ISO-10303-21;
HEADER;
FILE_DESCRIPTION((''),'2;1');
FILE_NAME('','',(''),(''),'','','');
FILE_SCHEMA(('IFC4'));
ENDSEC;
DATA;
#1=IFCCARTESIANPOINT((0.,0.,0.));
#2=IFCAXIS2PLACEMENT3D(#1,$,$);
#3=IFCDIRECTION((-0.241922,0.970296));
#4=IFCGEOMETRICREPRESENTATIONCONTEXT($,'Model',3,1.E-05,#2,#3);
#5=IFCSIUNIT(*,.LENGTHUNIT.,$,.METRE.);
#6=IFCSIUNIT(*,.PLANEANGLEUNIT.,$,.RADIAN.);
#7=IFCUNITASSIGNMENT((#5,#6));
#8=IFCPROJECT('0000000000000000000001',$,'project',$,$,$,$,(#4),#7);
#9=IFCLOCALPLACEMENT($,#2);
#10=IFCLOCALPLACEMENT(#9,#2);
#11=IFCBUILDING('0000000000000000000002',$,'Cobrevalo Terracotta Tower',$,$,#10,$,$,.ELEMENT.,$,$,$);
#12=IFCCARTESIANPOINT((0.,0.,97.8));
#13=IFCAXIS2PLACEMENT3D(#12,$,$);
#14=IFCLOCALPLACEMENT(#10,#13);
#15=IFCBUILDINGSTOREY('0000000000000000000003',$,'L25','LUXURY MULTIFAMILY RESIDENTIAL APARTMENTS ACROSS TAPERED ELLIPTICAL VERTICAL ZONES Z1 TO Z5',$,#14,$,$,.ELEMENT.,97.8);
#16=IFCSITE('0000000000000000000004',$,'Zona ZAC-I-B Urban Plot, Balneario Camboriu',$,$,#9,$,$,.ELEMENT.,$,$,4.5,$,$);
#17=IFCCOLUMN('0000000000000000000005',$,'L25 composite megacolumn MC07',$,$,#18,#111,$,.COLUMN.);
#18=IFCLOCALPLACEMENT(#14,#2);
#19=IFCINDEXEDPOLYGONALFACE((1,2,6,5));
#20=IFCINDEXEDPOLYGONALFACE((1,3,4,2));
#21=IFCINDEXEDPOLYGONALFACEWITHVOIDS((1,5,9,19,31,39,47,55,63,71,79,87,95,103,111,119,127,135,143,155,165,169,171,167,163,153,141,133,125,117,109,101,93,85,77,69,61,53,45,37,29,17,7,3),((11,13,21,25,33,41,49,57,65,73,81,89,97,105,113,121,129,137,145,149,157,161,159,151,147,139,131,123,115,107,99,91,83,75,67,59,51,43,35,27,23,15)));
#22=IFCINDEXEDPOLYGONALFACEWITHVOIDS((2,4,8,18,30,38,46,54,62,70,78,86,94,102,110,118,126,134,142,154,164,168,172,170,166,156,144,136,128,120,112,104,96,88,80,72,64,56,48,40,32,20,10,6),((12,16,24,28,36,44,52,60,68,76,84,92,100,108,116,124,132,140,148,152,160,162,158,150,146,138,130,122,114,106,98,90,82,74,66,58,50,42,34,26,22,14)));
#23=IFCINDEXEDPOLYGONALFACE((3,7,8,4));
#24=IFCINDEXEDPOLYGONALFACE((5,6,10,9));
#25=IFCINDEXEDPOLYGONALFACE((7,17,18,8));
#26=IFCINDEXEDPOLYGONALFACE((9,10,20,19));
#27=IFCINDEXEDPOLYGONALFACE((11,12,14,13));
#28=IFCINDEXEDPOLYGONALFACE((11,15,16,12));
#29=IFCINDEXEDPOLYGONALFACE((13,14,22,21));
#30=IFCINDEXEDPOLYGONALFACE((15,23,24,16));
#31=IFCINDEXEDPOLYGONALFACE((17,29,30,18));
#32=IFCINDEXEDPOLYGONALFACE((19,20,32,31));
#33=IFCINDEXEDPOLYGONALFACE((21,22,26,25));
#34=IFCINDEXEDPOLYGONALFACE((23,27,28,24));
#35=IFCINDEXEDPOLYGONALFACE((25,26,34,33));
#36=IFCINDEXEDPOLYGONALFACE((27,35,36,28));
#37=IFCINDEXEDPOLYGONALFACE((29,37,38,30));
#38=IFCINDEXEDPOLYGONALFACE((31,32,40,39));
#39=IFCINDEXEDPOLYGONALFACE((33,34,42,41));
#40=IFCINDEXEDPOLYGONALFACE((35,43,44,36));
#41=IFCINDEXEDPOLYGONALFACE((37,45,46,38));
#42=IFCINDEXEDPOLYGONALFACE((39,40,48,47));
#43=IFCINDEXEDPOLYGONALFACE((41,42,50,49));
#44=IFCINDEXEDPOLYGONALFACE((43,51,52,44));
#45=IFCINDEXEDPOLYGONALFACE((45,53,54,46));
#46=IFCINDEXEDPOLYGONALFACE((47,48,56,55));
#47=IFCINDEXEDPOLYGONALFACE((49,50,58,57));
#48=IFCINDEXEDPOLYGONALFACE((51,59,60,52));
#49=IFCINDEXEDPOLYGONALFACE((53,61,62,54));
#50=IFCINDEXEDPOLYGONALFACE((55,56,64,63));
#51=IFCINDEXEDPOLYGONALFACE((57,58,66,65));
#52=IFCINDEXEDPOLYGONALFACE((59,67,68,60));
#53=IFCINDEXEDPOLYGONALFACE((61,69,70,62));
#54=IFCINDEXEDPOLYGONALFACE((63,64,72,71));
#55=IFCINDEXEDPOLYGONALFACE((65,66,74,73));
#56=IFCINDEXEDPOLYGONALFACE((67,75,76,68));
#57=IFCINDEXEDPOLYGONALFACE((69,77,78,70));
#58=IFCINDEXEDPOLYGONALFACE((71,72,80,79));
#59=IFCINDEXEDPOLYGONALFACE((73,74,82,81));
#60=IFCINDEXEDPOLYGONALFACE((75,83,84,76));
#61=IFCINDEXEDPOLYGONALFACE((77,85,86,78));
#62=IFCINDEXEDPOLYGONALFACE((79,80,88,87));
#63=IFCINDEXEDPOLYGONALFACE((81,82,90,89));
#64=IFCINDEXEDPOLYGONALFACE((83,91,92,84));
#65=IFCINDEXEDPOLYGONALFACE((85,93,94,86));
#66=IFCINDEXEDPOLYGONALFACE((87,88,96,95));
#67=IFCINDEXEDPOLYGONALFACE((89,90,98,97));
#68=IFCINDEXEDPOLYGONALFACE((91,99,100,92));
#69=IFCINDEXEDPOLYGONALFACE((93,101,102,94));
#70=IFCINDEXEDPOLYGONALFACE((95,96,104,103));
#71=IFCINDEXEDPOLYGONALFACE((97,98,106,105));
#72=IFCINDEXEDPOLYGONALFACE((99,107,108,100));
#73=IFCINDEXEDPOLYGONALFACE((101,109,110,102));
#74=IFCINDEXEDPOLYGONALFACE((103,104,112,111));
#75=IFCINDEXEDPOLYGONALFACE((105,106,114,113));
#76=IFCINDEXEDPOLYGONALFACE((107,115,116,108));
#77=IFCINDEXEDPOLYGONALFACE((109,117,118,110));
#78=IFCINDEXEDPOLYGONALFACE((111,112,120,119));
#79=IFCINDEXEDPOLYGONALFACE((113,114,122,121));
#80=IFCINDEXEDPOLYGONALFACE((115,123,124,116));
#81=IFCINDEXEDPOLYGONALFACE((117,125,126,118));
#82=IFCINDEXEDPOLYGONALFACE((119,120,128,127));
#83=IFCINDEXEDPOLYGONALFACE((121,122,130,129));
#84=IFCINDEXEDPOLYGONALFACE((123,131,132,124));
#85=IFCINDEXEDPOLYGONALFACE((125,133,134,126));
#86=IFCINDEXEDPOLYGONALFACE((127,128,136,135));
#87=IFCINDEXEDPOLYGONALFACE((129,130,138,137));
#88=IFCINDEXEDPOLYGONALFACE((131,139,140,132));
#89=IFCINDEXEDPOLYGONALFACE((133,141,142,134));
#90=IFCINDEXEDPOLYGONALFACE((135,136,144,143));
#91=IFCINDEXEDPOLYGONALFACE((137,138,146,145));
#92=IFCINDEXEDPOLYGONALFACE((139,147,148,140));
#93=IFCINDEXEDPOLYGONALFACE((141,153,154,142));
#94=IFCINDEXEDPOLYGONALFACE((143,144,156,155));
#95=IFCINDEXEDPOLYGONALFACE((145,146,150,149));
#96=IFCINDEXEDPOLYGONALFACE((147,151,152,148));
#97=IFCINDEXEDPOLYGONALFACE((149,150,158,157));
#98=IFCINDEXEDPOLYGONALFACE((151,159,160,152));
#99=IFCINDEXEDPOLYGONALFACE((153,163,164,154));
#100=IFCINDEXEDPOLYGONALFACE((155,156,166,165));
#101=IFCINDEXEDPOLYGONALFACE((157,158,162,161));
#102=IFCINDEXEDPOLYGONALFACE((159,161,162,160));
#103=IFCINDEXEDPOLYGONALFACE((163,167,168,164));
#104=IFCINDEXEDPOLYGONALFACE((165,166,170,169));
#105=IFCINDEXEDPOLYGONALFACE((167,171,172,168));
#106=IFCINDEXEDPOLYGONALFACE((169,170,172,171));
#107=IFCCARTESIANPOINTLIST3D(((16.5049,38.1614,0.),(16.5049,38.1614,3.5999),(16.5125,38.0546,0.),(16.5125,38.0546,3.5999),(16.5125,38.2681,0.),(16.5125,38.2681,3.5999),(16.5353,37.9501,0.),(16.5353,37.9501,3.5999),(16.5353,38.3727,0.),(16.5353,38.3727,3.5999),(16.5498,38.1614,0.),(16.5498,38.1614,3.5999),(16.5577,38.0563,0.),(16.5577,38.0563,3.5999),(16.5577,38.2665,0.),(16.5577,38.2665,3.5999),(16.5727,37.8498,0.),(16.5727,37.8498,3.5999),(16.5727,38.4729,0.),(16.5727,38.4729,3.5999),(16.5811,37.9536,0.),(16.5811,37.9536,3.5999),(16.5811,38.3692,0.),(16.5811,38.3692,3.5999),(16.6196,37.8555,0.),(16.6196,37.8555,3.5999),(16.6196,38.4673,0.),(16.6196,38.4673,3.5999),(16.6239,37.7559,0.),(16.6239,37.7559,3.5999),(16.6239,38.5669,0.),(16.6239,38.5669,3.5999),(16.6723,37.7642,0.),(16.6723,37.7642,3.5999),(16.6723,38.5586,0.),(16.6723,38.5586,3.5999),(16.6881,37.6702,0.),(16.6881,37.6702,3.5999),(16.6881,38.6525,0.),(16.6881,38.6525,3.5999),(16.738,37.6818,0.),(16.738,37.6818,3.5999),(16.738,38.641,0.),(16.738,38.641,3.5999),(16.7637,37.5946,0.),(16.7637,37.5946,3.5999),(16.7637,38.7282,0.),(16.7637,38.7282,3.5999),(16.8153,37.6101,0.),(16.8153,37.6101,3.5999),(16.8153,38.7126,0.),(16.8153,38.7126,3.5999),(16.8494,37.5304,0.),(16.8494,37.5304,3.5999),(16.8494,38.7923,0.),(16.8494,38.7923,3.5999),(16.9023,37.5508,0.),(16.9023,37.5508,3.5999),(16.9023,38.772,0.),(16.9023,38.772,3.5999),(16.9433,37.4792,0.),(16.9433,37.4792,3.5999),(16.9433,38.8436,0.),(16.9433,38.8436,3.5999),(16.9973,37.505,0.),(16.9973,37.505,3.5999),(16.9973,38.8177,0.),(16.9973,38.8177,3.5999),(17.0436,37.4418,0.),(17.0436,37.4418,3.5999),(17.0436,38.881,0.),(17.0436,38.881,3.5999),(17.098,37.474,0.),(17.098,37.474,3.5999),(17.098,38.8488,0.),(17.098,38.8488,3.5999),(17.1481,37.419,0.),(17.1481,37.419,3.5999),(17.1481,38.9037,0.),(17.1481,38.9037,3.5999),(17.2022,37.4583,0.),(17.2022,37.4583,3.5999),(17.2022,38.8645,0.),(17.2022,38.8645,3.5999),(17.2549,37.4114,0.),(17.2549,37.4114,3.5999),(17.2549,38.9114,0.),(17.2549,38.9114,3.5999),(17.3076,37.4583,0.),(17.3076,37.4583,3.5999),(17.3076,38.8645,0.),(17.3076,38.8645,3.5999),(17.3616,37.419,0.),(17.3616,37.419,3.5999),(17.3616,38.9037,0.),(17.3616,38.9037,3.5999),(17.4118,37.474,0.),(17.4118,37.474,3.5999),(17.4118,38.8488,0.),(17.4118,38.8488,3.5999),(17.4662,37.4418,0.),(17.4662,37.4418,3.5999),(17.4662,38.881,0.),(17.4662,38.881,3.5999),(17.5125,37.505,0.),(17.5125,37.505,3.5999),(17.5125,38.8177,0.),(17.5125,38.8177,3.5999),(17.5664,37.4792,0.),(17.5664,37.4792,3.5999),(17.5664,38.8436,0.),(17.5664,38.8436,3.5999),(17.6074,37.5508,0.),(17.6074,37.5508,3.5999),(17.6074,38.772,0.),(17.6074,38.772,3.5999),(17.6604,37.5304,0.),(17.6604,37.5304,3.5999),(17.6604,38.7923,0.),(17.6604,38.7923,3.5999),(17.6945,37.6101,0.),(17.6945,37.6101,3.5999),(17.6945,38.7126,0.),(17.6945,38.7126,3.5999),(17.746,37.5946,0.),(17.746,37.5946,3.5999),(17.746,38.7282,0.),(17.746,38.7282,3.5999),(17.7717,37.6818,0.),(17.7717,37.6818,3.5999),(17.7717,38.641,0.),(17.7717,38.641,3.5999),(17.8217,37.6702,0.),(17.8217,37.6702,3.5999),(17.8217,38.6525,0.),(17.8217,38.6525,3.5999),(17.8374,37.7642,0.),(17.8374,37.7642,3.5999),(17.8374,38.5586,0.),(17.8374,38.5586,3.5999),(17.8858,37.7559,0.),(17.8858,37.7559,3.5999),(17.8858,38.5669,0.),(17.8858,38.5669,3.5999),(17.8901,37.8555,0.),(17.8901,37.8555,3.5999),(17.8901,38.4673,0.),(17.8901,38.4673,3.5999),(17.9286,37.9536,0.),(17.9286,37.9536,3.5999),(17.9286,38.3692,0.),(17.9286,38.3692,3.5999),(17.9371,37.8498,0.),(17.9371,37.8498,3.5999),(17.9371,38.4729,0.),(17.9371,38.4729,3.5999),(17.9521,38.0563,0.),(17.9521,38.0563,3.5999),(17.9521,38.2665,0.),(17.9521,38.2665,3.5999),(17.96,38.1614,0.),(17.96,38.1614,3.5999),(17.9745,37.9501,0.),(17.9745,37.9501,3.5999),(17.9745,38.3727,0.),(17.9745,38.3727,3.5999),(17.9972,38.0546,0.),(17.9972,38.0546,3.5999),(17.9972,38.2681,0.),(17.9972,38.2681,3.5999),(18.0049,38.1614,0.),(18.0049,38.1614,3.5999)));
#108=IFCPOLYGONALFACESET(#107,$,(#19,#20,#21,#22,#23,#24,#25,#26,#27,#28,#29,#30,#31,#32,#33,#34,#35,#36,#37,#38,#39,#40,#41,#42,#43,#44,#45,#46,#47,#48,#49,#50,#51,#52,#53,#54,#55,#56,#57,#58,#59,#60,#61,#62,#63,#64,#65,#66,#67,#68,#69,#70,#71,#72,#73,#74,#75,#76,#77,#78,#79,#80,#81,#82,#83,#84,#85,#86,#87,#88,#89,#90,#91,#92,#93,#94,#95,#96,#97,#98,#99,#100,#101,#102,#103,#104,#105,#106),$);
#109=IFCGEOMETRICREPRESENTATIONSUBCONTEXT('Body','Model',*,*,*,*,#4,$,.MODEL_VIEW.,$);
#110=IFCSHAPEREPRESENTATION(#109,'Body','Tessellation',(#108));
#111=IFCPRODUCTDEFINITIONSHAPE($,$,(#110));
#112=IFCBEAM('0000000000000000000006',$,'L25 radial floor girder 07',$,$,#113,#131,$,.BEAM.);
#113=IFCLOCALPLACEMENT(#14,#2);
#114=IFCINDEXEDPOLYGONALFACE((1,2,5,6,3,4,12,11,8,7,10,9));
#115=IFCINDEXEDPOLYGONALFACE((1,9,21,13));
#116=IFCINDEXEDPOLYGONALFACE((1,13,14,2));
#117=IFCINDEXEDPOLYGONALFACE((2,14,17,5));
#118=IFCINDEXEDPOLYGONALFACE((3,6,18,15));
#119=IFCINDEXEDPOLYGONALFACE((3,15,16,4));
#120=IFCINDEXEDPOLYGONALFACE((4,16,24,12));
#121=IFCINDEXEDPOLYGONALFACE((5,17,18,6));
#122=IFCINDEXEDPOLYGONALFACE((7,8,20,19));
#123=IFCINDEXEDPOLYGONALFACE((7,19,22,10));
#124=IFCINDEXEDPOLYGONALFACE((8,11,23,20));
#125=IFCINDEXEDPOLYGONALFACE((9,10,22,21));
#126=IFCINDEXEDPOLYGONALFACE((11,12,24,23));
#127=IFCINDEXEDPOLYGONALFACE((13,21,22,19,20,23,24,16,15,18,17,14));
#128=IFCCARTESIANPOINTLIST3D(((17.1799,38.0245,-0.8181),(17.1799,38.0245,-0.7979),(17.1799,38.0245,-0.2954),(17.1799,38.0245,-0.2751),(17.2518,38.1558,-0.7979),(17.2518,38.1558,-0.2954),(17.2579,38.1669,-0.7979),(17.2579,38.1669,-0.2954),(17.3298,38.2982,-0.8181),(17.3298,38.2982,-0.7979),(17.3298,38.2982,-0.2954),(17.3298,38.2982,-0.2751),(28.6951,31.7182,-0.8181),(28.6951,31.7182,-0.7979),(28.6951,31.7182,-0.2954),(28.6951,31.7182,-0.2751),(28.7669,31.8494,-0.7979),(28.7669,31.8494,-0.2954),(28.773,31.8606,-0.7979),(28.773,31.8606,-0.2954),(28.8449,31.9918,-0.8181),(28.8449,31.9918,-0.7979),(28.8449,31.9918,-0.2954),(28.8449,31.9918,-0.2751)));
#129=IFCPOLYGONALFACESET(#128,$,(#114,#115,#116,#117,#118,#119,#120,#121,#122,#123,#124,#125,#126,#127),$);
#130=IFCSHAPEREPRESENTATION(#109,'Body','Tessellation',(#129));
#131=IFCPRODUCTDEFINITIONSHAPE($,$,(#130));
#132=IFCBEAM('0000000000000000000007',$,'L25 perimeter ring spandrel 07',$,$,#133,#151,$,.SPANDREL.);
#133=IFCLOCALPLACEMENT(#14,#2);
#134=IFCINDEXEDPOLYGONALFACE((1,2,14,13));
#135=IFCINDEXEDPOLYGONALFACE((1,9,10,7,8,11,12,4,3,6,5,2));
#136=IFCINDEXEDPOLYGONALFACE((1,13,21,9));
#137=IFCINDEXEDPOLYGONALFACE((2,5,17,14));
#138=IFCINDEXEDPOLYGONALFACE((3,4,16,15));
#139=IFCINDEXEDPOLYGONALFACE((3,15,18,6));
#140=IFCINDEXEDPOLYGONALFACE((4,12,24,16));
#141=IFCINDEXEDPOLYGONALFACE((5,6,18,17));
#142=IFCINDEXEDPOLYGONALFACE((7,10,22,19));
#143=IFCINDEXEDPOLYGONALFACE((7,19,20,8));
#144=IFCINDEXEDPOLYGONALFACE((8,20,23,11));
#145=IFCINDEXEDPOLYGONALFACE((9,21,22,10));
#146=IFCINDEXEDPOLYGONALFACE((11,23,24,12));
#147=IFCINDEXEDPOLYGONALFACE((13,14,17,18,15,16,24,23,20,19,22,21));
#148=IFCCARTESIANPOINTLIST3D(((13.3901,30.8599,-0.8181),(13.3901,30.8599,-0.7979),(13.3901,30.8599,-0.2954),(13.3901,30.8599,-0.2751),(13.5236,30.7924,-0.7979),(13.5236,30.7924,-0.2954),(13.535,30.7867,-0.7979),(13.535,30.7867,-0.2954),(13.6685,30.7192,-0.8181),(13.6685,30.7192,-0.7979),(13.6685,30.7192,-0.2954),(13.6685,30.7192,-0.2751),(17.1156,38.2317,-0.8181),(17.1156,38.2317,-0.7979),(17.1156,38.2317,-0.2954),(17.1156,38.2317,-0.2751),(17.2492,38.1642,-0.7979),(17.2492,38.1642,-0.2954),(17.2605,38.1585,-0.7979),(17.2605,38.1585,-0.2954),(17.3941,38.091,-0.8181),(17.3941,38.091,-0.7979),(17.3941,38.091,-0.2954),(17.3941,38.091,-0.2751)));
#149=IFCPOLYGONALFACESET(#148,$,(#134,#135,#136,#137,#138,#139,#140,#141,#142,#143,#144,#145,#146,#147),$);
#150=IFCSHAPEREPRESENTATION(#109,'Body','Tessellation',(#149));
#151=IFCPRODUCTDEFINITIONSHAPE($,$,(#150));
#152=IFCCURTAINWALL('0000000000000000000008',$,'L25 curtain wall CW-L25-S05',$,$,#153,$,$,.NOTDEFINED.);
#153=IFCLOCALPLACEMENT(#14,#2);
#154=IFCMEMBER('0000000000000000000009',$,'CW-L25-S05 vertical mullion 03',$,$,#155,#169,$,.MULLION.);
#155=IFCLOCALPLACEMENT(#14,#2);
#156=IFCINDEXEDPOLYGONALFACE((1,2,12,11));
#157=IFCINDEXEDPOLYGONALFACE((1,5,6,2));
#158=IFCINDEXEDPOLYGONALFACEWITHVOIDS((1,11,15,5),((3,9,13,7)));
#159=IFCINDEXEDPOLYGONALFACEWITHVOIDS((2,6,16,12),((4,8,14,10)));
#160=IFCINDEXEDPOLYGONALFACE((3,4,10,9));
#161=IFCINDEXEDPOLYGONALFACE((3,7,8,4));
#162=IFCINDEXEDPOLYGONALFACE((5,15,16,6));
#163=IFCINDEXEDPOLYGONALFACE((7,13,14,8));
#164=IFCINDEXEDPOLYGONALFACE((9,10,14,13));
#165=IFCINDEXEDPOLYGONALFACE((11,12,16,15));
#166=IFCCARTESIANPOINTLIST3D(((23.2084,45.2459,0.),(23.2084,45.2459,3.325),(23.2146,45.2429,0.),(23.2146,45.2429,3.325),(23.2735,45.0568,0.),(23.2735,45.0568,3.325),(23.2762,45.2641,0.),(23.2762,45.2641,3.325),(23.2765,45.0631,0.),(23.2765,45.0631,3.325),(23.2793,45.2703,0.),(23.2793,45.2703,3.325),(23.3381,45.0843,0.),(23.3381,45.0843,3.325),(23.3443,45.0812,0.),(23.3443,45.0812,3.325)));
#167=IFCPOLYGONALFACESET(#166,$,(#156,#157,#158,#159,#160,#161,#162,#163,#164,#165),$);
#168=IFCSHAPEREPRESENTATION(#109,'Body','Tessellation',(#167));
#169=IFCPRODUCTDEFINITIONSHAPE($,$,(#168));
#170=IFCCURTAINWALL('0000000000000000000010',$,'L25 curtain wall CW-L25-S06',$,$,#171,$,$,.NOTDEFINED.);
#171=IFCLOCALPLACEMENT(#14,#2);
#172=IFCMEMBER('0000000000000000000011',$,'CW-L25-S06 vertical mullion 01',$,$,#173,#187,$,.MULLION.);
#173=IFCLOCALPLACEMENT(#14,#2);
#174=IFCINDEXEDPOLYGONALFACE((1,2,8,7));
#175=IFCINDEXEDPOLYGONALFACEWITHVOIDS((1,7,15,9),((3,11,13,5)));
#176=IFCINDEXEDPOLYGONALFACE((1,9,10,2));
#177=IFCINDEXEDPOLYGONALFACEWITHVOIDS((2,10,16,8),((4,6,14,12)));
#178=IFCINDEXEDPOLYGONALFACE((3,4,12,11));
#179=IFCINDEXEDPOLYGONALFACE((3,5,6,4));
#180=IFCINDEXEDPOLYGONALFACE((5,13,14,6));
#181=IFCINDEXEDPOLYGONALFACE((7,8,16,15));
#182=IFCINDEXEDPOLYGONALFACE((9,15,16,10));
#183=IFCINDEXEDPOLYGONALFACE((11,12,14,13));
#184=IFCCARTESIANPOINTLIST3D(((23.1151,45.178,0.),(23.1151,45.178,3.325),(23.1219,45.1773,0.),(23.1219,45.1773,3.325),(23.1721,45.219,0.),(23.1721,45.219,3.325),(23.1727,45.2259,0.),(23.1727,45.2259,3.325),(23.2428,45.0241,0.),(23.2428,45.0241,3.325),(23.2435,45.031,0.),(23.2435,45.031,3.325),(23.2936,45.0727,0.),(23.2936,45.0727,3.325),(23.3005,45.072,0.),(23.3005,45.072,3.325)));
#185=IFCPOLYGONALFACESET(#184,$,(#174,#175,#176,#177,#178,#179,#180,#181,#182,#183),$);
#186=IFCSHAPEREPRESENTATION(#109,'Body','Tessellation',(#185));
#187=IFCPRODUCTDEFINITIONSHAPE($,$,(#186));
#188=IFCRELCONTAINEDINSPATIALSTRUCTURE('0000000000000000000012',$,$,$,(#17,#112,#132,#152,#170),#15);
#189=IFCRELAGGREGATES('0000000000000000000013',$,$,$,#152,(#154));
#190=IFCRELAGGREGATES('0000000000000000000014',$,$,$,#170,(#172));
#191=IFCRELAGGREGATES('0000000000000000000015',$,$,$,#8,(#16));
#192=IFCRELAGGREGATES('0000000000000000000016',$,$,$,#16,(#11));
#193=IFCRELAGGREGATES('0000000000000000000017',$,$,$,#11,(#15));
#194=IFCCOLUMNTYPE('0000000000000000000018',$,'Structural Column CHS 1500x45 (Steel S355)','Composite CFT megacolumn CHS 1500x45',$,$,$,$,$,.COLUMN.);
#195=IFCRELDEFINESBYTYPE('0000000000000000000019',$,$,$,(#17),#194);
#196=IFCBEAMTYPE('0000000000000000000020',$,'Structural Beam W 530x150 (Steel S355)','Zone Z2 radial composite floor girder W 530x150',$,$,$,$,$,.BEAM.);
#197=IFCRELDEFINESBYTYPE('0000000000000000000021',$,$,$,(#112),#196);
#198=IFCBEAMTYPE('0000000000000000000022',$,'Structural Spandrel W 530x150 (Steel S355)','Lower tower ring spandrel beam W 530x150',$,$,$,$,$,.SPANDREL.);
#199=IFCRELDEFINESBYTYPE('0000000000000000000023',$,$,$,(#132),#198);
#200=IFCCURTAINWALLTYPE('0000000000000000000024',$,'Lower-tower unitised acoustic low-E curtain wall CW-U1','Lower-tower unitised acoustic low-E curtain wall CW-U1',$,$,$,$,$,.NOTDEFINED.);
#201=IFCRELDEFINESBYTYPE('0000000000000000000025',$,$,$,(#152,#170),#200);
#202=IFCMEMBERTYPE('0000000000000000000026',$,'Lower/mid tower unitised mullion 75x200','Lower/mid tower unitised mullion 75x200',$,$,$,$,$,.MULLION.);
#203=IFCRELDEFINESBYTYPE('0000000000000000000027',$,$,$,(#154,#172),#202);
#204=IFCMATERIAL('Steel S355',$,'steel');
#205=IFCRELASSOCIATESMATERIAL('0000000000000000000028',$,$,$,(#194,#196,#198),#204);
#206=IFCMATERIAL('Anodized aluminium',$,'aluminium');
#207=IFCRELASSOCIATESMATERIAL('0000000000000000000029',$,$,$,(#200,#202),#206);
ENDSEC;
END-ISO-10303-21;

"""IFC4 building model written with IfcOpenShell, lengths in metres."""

from ifc_helpers import new_model, si_unit, direction, frame, origin, origin_2d, place, context, subcontext, project, spatial, hollow_rectangle, hollow_circle, i_section, extrude, source, transform, mapped, material, material_profile, profile_set, type_object, element, aggregate, save


model = new_model("IFC4")

# Units and contexts
model_context = context("Model", 3, precision=1e-05, world=origin(), true_north=direction((-0.241922, 0.970296)))
body_context = subcontext(model_context, "Body", "Model", "MODEL_VIEW")
ifc_project = project(units=[si_unit("LENGTHUNIT", "METRE"), si_unit("PLANEANGLEUNIT", "RADIAN")], contexts=[model_context])

# Site, building, storey
site_placement = place(None, origin())
site = spatial("IfcSite", under=ifc_project, at=site_placement, Name="Zona ZAC-I-B Urban Plot, Balneario Camboriu", CompositionType="ELEMENT", RefElevation=4.5)
building_placement = place(site_placement, origin())
building = spatial("IfcBuilding", under=site, at=building_placement, Name="Cobrevalo Terracotta Tower", CompositionType="ELEMENT")
storey_placement = place(building_placement, frame((0.0, 0.0, 97.8)))
storey = spatial("IfcBuildingStorey", under=building, at=storey_placement, Name="L25", Description="LUXURY MULTIFAMILY RESIDENTIAL APARTMENTS ACROSS TAPERED ELLIPTICAL VERTICAL ZONES Z1 TO Z5", CompositionType="ELEMENT", Elevation=97.8)

# Column
ifc_material_1 = material(Name="Steel S355", Category="steel")
ifc_material_profile_1 = material_profile(ifc_material_1, hollow_circle(Radius=0.75, WallThickness=0.0449, at=origin_2d()), Name="CHS 1500x45")
ifc_profile_set_1 = profile_set([ifc_material_profile_1], Name="Steel S355")
column_type = type_object("IfcColumnType", Name="Structural Column CHS 1500x45 (Steel S355)", Description="Composite CFT megacolumn CHS 1500x45", PredefinedType="COLUMN", material=ifc_profile_set_1)
column_placement = place(storey_placement, frame((17.2549, 38.1614, 0.0), z_axis=(0.0, 0.0, 1.0), x_axis=(1.0, 0.0, 0.0)))
element("IfcColumn", 1, at=column_placement, inside=storey, type_object=column_type, Name="L25 composite megacolumn MC07", PredefinedType="COLUMN", context=body_context, shape_type="SweptSolid", body=[
    extrude(hollow_circle(Radius=0.75, WallThickness=0.0449, at=origin_2d()), origin(), (0.0, 0.0, 1.0), 3.5999),
])

# Beams
ifc_material_profile_2 = material_profile(ifc_material_1, i_section(OverallWidth=0.312, OverallDepth=0.543, WebThickness=0.0127, FlangeThickness=0.0203, at=origin_2d()), Name="W 530x150")
ifc_profile_set_2 = profile_set([ifc_material_profile_2], Name="Steel S355")
beam_type_1 = type_object("IfcBeamType", Name="Structural Beam W 530x150 (Steel S355)", Description="Zone Z2 radial composite floor girder W 530x150", PredefinedType="BEAM", material=ifc_profile_set_2)
beam_1_placement = place(storey_placement, frame((17.2549, 38.1614, -0.5466), z_axis=(0.877081, -0.480343, 0.0), x_axis=(0.480343, 0.877081, 0.0)))
element("IfcBeam", 2, at=beam_1_placement, inside=storey, type_object=beam_type_1, Name="L25 radial floor girder 07", PredefinedType="BEAM", context=body_context, shape_type="SweptSolid", body=[
    extrude(i_section(OverallWidth=0.312, OverallDepth=0.543, WebThickness=0.0127, FlangeThickness=0.0203, at=origin_2d()), origin(), (0.0, 0.0, 1.0), 13.1289),
])
ifc_material_profile_3 = material_profile(ifc_material_1, i_section(OverallWidth=0.312, OverallDepth=0.543, WebThickness=0.0127, FlangeThickness=0.0203, at=origin_2d()), Name="W 530x150")
ifc_profile_set_3 = profile_set([ifc_material_profile_3], Name="Steel S355")
beam_type_2 = type_object("IfcBeamType", Name="Structural Spandrel W 530x150 (Steel S355)", Description="Lower tower ring spandrel beam W 530x150", PredefinedType="SPANDREL", material=ifc_profile_set_3)
beam_2_placement = place(storey_placement, frame((17.2549, 38.1614, -0.5466), z_axis=(-0.451052, -0.892498, 0.0), x_axis=(0.892498, -0.451052, 0.0)))
element("IfcBeam", 3, at=beam_2_placement, inside=storey, type_object=beam_type_2, Name="L25 perimeter ring spandrel 07", PredefinedType="SPANDREL", context=body_context, shape_type="SweptSolid", body=[
    extrude(i_section(OverallWidth=0.312, OverallDepth=0.543, WebThickness=0.0127, FlangeThickness=0.0203, at=origin_2d()), origin(), (0.0, 0.0, 1.0), 8.2598),
])

# Curtain wall, member
ifc_material_2 = material(Name="Anodized aluminium", Category="aluminium")
curtain_wall_type = type_object("IfcCurtainWallType", Name="Lower-tower unitised acoustic low-E curtain wall CW-U1", Description="Lower-tower unitised acoustic low-E curtain wall CW-U1", PredefinedType="NOTDEFINED", material=ifc_material_2)
curtain_wall_1_placement = place(storey_placement, origin())
curtain_wall_1 = element("IfcCurtainWall", 4, at=curtain_wall_1_placement, inside=storey, type_object=curtain_wall_type, Name="L25 curtain wall CW-L25-S05", PredefinedType="NOTDEFINED")
ifc_material_profile_4 = material_profile(ifc_material_2, hollow_rectangle(XDim=0.075, YDim=0.2, WallThickness=0.0049, at=origin_2d()), Name="CWM 75x200")
ifc_profile_set_4 = profile_set([ifc_material_profile_4], Name="Anodized aluminium")
member_type_1 = type_object("IfcMemberType", Name="Lower/mid tower unitised mullion 75x200", Description="Lower/mid tower unitised mullion 75x200", PredefinedType="MULLION", material=ifc_profile_set_4)
shared_shape_1 = source(origin(), body_context, "Body", "SweptSolid", [
    extrude(hollow_rectangle(XDim=0.075, YDim=0.2, WallThickness=0.0049, at=origin_2d()), origin(), (0.0, 0.0, 1.0), 3.325),
])
member_1_placement = place(storey_placement, frame((23.2764, 45.1636, 0.0), z_axis=(0.0, 0.0, 1.0), x_axis=(-0.945598, -0.325337, 0.0)))
member_1 = element("IfcMember", 5, at=member_1_placement, type_object=member_type_1, Name="CW-L25-S05 vertical mullion 03", PredefinedType="MULLION", context=body_context, shape_type="MappedRepresentation", body=[
    mapped(shared_shape_1, transform((0.0, 0.0, 0.0), scale=1.0)),
])
aggregate(curtain_wall_1, [member_1])

# Curtain wall, member
curtain_wall_2_placement = place(storey_placement, origin())
curtain_wall_2 = element("IfcCurtainWall", 6, at=curtain_wall_2_placement, inside=storey, type_object=curtain_wall_type, Name="L25 curtain wall CW-L25-S06", PredefinedType="NOTDEFINED")
member_2_placement = place(storey_placement, frame((23.2078, 45.125, 0.0), z_axis=(0.0, 0.0, 1.0), x_axis=(-0.769243, -0.638956, 0.0)))
member_2 = element("IfcMember", 7, at=member_2_placement, type_object=member_type_1, Name="CW-L25-S06 vertical mullion 01", PredefinedType="MULLION", context=body_context, shape_type="MappedRepresentation", body=[
    mapped(shared_shape_1, transform((0.0, 0.0, 0.0), scale=1.0)),
])

aggregate(curtain_wall_2, [member_2])

save(model, "model.ifc")
